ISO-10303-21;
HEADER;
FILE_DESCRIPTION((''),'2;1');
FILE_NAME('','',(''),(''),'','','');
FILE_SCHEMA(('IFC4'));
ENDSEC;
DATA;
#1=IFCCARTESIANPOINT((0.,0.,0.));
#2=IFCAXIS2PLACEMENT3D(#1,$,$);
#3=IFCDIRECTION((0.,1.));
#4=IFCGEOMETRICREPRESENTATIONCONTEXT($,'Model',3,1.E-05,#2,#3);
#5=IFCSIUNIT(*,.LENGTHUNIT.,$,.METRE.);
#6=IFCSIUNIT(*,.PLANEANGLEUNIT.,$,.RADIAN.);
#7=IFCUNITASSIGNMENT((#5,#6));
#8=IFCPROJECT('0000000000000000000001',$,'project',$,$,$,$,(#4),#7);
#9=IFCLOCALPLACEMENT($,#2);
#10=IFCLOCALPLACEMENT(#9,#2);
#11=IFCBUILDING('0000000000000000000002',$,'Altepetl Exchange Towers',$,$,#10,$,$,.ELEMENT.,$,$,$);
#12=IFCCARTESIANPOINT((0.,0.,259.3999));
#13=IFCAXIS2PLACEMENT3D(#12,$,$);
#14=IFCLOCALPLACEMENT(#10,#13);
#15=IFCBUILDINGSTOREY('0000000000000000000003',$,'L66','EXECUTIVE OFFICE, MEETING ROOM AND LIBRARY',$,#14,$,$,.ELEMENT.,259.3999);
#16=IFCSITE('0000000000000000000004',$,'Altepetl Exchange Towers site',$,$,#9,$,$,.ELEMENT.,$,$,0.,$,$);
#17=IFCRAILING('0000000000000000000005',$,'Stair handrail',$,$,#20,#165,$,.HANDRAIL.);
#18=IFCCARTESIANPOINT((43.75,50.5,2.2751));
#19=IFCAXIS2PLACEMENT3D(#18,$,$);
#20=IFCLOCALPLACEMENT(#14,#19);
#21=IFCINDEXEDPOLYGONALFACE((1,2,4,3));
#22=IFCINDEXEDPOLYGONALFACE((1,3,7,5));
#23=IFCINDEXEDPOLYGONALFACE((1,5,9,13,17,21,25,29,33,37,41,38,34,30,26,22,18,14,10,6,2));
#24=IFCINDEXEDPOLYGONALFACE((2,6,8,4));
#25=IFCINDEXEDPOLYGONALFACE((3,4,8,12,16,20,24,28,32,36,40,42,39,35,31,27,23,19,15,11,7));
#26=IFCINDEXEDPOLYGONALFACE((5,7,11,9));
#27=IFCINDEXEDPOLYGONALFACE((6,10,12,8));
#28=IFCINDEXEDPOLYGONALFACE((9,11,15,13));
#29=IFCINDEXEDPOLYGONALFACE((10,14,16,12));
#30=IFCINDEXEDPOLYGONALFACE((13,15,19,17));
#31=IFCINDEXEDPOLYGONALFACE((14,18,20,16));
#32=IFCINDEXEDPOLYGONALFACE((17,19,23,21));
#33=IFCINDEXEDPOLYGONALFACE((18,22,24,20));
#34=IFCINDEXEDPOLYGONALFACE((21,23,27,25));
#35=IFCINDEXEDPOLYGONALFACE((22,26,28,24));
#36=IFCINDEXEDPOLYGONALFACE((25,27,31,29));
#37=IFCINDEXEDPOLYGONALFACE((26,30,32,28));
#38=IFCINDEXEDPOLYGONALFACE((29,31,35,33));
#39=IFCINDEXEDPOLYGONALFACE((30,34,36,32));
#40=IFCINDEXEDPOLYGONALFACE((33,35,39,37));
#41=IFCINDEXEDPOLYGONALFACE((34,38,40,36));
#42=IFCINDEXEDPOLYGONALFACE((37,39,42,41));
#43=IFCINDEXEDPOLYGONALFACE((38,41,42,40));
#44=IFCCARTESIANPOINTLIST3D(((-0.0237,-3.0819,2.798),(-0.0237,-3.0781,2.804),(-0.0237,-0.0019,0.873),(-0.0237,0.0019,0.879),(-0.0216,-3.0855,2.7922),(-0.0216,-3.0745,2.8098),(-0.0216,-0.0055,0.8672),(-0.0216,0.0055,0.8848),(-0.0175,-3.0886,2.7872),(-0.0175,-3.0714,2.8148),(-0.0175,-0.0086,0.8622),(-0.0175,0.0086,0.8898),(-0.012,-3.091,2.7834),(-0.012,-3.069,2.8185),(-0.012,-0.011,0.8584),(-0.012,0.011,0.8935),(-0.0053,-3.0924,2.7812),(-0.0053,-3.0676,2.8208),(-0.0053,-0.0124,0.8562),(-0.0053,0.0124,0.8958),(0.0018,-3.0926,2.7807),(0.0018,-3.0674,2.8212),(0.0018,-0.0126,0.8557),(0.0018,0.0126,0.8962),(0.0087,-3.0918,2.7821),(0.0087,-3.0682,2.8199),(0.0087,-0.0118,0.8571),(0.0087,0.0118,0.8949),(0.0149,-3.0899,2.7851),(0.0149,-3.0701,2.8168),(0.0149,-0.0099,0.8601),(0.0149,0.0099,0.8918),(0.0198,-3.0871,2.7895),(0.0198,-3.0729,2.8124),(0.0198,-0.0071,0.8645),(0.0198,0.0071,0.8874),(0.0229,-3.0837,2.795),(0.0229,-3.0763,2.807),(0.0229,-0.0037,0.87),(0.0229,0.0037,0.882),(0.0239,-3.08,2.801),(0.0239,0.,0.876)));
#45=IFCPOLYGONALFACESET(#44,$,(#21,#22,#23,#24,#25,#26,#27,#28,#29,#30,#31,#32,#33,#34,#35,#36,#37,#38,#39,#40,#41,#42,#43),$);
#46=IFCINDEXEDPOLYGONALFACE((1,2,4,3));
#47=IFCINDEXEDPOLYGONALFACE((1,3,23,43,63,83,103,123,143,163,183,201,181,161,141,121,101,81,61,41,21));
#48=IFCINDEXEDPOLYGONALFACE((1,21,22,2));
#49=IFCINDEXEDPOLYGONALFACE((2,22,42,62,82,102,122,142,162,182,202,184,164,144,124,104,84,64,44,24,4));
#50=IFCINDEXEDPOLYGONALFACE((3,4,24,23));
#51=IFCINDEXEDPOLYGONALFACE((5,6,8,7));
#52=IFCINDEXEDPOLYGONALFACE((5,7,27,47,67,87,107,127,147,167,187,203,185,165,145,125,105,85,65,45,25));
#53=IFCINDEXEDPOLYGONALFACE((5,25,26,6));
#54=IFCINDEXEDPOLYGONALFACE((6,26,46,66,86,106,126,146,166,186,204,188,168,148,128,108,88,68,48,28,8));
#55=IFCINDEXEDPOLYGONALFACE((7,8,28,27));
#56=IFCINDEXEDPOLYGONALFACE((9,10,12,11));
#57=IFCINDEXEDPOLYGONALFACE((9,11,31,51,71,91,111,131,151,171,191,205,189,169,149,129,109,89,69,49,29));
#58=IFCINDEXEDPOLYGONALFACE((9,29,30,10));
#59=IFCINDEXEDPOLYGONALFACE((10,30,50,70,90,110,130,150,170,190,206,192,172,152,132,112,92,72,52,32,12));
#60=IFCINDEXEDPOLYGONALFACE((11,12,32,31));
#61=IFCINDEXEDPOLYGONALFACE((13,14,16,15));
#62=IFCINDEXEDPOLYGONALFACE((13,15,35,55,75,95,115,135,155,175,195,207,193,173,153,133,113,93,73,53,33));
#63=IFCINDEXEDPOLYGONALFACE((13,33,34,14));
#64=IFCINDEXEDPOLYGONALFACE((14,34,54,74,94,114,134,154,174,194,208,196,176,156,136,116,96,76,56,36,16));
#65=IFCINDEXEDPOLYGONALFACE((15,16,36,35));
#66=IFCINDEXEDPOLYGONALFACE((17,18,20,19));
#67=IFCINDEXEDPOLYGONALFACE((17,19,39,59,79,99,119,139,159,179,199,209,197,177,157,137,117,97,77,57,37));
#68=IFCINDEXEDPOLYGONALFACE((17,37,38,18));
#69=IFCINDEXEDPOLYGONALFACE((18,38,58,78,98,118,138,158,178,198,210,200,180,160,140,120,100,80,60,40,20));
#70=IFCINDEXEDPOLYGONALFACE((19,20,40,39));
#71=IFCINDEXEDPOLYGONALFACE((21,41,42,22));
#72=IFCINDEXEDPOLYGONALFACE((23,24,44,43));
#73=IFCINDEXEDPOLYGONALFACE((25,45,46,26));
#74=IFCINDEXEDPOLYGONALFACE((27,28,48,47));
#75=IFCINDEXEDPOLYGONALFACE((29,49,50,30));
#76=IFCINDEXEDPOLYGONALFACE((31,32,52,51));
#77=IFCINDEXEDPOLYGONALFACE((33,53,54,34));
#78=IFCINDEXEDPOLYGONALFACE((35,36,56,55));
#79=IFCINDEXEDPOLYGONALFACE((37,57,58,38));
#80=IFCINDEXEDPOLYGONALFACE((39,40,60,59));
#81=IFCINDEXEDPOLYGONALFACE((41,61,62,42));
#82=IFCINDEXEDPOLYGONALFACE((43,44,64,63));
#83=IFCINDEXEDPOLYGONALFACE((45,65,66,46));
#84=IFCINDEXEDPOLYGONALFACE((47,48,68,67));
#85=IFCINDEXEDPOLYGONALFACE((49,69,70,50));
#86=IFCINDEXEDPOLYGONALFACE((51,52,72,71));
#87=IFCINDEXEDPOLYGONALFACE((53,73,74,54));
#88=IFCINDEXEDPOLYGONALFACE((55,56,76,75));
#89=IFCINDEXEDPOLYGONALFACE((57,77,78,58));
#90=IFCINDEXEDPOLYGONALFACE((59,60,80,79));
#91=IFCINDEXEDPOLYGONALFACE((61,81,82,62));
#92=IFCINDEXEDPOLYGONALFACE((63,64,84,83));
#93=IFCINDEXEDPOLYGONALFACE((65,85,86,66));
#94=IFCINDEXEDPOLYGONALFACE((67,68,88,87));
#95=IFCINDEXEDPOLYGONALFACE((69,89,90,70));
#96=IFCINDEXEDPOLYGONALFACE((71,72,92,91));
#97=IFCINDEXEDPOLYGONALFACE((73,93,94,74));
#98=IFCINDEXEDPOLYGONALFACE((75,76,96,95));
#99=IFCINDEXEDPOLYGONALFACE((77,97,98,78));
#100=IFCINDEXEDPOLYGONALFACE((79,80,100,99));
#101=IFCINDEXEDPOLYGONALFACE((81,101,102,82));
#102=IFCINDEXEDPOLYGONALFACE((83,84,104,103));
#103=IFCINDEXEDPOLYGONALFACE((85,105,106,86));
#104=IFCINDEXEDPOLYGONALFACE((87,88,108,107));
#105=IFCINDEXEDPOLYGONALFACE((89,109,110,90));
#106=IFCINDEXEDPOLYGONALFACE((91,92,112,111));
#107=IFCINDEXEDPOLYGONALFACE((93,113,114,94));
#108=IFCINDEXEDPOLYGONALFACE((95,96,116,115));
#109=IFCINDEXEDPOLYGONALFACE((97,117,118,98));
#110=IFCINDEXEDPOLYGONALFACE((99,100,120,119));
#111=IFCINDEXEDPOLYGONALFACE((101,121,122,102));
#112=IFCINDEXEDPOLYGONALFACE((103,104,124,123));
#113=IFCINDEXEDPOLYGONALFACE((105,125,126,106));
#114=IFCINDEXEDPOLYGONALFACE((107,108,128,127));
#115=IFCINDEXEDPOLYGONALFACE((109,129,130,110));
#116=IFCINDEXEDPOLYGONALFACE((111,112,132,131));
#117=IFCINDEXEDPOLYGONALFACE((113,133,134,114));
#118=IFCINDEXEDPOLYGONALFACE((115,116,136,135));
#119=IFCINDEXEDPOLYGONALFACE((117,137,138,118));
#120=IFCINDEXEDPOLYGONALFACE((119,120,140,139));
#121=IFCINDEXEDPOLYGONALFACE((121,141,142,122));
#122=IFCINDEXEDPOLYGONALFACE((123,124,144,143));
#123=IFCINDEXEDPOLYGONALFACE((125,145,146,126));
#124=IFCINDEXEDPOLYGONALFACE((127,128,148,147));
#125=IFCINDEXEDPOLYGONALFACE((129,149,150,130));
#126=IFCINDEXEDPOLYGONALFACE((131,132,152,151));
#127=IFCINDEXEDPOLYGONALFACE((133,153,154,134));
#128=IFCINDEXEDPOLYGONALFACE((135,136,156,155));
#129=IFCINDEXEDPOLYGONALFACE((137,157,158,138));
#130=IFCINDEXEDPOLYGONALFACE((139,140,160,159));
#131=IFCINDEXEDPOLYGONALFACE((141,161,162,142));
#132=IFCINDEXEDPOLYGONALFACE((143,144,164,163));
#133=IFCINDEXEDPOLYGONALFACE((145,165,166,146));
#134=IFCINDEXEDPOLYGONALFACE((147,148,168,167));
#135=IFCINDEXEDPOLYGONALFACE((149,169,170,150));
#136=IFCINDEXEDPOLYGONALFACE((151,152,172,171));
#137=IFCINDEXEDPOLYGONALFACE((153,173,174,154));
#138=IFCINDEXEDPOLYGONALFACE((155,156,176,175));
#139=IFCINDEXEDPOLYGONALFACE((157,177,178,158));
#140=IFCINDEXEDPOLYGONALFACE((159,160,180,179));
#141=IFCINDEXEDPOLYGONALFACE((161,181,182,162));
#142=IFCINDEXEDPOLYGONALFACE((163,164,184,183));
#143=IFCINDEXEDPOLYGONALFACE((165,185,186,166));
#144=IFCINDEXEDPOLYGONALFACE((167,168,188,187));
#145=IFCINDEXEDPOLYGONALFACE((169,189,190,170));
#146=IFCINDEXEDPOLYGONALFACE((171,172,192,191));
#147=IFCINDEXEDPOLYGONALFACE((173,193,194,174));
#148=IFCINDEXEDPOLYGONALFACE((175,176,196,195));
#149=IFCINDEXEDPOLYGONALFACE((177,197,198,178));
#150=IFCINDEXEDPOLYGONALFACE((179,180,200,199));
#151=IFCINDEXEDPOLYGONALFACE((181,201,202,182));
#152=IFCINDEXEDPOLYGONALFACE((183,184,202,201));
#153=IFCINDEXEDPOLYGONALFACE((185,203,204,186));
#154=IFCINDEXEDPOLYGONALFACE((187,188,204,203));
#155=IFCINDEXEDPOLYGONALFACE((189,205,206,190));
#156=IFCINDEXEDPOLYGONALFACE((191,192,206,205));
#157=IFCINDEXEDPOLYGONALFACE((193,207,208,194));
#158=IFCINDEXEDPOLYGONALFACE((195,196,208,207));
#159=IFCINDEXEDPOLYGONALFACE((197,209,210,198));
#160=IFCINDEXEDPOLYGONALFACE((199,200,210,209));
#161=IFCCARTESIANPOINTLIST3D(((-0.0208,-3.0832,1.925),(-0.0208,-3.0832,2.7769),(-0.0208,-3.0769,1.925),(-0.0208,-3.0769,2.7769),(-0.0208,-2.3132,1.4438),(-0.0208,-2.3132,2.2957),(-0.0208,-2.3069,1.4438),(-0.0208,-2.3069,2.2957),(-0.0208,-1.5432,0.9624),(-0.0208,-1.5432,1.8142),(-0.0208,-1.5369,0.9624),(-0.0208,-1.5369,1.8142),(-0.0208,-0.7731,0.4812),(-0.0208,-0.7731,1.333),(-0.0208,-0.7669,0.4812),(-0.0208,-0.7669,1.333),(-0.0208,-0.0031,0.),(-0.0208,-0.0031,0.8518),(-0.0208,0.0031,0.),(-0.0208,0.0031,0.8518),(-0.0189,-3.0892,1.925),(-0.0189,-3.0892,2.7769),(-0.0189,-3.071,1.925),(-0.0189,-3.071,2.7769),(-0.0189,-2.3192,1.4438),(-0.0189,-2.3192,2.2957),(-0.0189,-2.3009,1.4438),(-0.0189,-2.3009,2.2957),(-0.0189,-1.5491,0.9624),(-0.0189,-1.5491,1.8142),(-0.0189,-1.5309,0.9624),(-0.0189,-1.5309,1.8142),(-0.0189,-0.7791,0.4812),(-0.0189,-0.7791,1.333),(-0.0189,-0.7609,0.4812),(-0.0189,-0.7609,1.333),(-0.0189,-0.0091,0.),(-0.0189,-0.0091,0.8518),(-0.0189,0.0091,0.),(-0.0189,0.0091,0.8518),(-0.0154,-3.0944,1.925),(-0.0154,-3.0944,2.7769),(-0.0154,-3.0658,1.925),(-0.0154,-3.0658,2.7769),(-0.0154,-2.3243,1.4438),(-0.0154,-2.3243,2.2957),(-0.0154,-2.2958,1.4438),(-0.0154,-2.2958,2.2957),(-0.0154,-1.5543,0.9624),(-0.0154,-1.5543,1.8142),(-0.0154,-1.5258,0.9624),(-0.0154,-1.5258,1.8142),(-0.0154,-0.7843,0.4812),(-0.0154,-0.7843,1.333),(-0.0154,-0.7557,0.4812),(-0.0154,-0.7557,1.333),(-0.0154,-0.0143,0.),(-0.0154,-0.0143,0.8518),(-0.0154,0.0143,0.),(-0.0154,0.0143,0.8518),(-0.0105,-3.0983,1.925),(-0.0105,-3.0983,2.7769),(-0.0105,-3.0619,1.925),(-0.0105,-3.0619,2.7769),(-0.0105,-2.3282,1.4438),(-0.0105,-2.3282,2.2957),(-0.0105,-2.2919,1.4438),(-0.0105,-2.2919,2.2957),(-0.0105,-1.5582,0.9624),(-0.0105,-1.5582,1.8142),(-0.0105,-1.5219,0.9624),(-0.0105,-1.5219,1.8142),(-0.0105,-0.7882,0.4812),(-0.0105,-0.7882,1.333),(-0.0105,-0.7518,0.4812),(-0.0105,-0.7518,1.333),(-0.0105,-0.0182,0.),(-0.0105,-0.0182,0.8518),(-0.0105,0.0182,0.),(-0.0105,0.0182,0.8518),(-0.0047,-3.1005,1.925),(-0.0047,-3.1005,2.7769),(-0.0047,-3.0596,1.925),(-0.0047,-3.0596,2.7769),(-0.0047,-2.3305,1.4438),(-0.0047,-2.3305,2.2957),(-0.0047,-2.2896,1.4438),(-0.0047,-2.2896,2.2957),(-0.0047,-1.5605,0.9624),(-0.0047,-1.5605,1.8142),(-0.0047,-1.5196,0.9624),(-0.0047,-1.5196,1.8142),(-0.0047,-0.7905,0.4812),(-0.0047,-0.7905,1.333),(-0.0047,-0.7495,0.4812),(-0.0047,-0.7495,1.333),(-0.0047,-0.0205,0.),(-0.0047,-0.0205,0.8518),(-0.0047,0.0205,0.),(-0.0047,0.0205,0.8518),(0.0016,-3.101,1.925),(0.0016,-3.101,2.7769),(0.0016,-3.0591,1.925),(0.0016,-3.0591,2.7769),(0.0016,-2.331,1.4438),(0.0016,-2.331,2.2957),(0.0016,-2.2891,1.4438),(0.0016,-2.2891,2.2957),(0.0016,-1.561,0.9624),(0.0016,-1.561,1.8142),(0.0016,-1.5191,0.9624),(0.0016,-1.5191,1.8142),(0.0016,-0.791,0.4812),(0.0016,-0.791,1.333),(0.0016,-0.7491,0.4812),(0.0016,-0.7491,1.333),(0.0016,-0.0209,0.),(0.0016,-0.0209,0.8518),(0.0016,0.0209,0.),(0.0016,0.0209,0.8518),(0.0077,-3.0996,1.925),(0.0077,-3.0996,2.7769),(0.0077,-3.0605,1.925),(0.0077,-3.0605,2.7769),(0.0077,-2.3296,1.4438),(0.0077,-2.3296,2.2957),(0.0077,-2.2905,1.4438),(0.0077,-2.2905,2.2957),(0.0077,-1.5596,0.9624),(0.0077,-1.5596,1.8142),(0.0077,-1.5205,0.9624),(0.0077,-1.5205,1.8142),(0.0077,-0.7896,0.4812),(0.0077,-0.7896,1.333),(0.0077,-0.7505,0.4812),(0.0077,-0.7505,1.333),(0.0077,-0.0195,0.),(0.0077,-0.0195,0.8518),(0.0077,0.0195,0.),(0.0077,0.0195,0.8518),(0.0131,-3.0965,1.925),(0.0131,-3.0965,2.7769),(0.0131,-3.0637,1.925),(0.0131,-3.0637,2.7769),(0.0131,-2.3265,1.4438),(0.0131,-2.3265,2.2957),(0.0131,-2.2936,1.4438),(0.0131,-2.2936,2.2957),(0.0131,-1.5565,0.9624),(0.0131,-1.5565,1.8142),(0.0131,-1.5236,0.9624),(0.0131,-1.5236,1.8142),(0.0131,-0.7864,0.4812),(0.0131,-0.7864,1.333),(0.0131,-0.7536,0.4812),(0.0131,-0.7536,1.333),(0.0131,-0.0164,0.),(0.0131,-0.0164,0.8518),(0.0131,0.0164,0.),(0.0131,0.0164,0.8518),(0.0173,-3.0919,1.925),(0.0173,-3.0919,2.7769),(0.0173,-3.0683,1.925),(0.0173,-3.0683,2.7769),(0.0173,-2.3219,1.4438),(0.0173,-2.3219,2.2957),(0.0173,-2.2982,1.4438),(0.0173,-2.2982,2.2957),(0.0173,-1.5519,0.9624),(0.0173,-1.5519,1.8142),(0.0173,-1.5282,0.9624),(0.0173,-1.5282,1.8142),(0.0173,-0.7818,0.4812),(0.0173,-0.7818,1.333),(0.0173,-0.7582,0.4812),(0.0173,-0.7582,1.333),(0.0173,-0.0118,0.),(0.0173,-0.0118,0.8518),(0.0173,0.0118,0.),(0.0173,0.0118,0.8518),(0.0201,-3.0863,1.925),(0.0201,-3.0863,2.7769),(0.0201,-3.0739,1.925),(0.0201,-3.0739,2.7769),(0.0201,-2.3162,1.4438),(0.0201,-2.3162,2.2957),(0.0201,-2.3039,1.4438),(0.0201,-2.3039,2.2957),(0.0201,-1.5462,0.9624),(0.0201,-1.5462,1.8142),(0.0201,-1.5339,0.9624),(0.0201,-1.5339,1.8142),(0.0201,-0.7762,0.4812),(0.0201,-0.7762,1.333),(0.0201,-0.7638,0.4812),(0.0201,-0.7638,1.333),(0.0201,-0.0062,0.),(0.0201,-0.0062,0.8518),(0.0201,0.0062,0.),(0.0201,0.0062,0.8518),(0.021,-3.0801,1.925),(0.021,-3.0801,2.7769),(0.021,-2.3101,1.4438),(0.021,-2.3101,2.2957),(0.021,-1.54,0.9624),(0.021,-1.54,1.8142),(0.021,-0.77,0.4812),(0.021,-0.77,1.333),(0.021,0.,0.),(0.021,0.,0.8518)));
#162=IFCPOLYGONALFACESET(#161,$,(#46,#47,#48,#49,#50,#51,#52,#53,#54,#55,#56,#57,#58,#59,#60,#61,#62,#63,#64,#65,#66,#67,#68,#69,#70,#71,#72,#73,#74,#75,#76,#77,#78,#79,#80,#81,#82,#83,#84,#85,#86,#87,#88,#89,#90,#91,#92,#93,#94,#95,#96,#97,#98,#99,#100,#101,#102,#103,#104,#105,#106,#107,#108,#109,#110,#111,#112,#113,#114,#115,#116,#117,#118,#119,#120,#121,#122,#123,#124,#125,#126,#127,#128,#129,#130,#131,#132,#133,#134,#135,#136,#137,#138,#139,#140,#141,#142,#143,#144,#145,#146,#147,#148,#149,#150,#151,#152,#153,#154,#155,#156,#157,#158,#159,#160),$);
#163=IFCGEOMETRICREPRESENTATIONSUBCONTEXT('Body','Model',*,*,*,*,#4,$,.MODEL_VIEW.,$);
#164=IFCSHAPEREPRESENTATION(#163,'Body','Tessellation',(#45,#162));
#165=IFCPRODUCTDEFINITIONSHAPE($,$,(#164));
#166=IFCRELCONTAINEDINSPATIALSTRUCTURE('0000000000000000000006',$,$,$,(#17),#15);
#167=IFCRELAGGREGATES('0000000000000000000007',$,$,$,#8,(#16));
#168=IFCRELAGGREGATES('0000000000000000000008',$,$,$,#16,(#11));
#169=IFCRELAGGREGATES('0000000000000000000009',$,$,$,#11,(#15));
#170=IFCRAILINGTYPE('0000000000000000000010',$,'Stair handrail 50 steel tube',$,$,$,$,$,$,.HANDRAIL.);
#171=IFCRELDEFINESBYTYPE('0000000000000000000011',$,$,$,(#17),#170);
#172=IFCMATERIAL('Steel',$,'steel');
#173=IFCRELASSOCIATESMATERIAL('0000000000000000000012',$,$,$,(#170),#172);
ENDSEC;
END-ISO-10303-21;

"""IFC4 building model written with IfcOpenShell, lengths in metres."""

from ifc_helpers import new_model, si_unit, direction, frame, origin, origin_2d, place, context, subcontext, project, spatial, circle, extrude, source, transform, mapped, material, type_object, element, save


model = new_model("IFC4")

# Units and contexts
model_context = context("Model", 3, precision=1e-05, world=origin(), true_north=direction((0.0, 1.0)))
body_context = subcontext(model_context, "Body", "Model", "MODEL_VIEW")
ifc_project = project(units=[si_unit("LENGTHUNIT", "METRE"), si_unit("PLANEANGLEUNIT", "RADIAN")], contexts=[model_context])

# Site, building, storey
site_placement = place(None, origin())
site = spatial("IfcSite", under=ifc_project, at=site_placement, Name="Altepetl Exchange Towers site", CompositionType="ELEMENT", RefElevation=0.0)
building_placement = place(site_placement, origin())
building = spatial("IfcBuilding", under=site, at=building_placement, Name="Altepetl Exchange Towers", CompositionType="ELEMENT")
storey_placement = place(building_placement, frame((0.0, 0.0, 259.3999)))
storey = spatial("IfcBuildingStorey", under=building, at=storey_placement, Name="L66", Description="EXECUTIVE OFFICE, MEETING ROOM AND LIBRARY", CompositionType="ELEMENT", Elevation=259.3999)

# Railing
ifc_material_1 = material(Name="Steel", Category="steel")
railing_type = type_object("IfcRailingType", Name="Stair handrail 50 steel tube", PredefinedType="HANDRAIL", material=ifc_material_1)
shared_shape = source(origin(), body_context, "Body", "SweptSolid", [
    extrude(circle(Radius=0.021, at=origin_2d()), origin(), (0.0, 0.0, 1.0), 0.8518),
])
for number, where, name in (
    (1, (43.75, 50.5, 2.2751), "Stair handrail"),
):
    element("IfcRailing", number, at=place(storey_placement, frame(where)), inside=storey, type_object=railing_type, Name=name, PredefinedType="HANDRAIL", context=body_context, shape_type="SweptSolid", body=[
        extrude(circle(Radius=0.0239, at=origin_2d()), frame((0.0, 0.0, 0.876), z_axis=(0.0, -0.847998, 0.529999), x_axis=(1.0, 0.0, 0.0)), (0.0, 0.0, 1.0), 3.6321),
        mapped(shared_shape, transform((0.0, 0.0, 0.0))),
        mapped(shared_shape, transform((0.0, -0.77, 0.4812))),
        mapped(shared_shape, transform((0.0, -1.54, 0.9624))),
        mapped(shared_shape, transform((0.0, -2.3101, 1.4438))),
        mapped(shared_shape, transform((0.0, -3.0801, 1.925))),
    ])

save(model, "model.ifc")
